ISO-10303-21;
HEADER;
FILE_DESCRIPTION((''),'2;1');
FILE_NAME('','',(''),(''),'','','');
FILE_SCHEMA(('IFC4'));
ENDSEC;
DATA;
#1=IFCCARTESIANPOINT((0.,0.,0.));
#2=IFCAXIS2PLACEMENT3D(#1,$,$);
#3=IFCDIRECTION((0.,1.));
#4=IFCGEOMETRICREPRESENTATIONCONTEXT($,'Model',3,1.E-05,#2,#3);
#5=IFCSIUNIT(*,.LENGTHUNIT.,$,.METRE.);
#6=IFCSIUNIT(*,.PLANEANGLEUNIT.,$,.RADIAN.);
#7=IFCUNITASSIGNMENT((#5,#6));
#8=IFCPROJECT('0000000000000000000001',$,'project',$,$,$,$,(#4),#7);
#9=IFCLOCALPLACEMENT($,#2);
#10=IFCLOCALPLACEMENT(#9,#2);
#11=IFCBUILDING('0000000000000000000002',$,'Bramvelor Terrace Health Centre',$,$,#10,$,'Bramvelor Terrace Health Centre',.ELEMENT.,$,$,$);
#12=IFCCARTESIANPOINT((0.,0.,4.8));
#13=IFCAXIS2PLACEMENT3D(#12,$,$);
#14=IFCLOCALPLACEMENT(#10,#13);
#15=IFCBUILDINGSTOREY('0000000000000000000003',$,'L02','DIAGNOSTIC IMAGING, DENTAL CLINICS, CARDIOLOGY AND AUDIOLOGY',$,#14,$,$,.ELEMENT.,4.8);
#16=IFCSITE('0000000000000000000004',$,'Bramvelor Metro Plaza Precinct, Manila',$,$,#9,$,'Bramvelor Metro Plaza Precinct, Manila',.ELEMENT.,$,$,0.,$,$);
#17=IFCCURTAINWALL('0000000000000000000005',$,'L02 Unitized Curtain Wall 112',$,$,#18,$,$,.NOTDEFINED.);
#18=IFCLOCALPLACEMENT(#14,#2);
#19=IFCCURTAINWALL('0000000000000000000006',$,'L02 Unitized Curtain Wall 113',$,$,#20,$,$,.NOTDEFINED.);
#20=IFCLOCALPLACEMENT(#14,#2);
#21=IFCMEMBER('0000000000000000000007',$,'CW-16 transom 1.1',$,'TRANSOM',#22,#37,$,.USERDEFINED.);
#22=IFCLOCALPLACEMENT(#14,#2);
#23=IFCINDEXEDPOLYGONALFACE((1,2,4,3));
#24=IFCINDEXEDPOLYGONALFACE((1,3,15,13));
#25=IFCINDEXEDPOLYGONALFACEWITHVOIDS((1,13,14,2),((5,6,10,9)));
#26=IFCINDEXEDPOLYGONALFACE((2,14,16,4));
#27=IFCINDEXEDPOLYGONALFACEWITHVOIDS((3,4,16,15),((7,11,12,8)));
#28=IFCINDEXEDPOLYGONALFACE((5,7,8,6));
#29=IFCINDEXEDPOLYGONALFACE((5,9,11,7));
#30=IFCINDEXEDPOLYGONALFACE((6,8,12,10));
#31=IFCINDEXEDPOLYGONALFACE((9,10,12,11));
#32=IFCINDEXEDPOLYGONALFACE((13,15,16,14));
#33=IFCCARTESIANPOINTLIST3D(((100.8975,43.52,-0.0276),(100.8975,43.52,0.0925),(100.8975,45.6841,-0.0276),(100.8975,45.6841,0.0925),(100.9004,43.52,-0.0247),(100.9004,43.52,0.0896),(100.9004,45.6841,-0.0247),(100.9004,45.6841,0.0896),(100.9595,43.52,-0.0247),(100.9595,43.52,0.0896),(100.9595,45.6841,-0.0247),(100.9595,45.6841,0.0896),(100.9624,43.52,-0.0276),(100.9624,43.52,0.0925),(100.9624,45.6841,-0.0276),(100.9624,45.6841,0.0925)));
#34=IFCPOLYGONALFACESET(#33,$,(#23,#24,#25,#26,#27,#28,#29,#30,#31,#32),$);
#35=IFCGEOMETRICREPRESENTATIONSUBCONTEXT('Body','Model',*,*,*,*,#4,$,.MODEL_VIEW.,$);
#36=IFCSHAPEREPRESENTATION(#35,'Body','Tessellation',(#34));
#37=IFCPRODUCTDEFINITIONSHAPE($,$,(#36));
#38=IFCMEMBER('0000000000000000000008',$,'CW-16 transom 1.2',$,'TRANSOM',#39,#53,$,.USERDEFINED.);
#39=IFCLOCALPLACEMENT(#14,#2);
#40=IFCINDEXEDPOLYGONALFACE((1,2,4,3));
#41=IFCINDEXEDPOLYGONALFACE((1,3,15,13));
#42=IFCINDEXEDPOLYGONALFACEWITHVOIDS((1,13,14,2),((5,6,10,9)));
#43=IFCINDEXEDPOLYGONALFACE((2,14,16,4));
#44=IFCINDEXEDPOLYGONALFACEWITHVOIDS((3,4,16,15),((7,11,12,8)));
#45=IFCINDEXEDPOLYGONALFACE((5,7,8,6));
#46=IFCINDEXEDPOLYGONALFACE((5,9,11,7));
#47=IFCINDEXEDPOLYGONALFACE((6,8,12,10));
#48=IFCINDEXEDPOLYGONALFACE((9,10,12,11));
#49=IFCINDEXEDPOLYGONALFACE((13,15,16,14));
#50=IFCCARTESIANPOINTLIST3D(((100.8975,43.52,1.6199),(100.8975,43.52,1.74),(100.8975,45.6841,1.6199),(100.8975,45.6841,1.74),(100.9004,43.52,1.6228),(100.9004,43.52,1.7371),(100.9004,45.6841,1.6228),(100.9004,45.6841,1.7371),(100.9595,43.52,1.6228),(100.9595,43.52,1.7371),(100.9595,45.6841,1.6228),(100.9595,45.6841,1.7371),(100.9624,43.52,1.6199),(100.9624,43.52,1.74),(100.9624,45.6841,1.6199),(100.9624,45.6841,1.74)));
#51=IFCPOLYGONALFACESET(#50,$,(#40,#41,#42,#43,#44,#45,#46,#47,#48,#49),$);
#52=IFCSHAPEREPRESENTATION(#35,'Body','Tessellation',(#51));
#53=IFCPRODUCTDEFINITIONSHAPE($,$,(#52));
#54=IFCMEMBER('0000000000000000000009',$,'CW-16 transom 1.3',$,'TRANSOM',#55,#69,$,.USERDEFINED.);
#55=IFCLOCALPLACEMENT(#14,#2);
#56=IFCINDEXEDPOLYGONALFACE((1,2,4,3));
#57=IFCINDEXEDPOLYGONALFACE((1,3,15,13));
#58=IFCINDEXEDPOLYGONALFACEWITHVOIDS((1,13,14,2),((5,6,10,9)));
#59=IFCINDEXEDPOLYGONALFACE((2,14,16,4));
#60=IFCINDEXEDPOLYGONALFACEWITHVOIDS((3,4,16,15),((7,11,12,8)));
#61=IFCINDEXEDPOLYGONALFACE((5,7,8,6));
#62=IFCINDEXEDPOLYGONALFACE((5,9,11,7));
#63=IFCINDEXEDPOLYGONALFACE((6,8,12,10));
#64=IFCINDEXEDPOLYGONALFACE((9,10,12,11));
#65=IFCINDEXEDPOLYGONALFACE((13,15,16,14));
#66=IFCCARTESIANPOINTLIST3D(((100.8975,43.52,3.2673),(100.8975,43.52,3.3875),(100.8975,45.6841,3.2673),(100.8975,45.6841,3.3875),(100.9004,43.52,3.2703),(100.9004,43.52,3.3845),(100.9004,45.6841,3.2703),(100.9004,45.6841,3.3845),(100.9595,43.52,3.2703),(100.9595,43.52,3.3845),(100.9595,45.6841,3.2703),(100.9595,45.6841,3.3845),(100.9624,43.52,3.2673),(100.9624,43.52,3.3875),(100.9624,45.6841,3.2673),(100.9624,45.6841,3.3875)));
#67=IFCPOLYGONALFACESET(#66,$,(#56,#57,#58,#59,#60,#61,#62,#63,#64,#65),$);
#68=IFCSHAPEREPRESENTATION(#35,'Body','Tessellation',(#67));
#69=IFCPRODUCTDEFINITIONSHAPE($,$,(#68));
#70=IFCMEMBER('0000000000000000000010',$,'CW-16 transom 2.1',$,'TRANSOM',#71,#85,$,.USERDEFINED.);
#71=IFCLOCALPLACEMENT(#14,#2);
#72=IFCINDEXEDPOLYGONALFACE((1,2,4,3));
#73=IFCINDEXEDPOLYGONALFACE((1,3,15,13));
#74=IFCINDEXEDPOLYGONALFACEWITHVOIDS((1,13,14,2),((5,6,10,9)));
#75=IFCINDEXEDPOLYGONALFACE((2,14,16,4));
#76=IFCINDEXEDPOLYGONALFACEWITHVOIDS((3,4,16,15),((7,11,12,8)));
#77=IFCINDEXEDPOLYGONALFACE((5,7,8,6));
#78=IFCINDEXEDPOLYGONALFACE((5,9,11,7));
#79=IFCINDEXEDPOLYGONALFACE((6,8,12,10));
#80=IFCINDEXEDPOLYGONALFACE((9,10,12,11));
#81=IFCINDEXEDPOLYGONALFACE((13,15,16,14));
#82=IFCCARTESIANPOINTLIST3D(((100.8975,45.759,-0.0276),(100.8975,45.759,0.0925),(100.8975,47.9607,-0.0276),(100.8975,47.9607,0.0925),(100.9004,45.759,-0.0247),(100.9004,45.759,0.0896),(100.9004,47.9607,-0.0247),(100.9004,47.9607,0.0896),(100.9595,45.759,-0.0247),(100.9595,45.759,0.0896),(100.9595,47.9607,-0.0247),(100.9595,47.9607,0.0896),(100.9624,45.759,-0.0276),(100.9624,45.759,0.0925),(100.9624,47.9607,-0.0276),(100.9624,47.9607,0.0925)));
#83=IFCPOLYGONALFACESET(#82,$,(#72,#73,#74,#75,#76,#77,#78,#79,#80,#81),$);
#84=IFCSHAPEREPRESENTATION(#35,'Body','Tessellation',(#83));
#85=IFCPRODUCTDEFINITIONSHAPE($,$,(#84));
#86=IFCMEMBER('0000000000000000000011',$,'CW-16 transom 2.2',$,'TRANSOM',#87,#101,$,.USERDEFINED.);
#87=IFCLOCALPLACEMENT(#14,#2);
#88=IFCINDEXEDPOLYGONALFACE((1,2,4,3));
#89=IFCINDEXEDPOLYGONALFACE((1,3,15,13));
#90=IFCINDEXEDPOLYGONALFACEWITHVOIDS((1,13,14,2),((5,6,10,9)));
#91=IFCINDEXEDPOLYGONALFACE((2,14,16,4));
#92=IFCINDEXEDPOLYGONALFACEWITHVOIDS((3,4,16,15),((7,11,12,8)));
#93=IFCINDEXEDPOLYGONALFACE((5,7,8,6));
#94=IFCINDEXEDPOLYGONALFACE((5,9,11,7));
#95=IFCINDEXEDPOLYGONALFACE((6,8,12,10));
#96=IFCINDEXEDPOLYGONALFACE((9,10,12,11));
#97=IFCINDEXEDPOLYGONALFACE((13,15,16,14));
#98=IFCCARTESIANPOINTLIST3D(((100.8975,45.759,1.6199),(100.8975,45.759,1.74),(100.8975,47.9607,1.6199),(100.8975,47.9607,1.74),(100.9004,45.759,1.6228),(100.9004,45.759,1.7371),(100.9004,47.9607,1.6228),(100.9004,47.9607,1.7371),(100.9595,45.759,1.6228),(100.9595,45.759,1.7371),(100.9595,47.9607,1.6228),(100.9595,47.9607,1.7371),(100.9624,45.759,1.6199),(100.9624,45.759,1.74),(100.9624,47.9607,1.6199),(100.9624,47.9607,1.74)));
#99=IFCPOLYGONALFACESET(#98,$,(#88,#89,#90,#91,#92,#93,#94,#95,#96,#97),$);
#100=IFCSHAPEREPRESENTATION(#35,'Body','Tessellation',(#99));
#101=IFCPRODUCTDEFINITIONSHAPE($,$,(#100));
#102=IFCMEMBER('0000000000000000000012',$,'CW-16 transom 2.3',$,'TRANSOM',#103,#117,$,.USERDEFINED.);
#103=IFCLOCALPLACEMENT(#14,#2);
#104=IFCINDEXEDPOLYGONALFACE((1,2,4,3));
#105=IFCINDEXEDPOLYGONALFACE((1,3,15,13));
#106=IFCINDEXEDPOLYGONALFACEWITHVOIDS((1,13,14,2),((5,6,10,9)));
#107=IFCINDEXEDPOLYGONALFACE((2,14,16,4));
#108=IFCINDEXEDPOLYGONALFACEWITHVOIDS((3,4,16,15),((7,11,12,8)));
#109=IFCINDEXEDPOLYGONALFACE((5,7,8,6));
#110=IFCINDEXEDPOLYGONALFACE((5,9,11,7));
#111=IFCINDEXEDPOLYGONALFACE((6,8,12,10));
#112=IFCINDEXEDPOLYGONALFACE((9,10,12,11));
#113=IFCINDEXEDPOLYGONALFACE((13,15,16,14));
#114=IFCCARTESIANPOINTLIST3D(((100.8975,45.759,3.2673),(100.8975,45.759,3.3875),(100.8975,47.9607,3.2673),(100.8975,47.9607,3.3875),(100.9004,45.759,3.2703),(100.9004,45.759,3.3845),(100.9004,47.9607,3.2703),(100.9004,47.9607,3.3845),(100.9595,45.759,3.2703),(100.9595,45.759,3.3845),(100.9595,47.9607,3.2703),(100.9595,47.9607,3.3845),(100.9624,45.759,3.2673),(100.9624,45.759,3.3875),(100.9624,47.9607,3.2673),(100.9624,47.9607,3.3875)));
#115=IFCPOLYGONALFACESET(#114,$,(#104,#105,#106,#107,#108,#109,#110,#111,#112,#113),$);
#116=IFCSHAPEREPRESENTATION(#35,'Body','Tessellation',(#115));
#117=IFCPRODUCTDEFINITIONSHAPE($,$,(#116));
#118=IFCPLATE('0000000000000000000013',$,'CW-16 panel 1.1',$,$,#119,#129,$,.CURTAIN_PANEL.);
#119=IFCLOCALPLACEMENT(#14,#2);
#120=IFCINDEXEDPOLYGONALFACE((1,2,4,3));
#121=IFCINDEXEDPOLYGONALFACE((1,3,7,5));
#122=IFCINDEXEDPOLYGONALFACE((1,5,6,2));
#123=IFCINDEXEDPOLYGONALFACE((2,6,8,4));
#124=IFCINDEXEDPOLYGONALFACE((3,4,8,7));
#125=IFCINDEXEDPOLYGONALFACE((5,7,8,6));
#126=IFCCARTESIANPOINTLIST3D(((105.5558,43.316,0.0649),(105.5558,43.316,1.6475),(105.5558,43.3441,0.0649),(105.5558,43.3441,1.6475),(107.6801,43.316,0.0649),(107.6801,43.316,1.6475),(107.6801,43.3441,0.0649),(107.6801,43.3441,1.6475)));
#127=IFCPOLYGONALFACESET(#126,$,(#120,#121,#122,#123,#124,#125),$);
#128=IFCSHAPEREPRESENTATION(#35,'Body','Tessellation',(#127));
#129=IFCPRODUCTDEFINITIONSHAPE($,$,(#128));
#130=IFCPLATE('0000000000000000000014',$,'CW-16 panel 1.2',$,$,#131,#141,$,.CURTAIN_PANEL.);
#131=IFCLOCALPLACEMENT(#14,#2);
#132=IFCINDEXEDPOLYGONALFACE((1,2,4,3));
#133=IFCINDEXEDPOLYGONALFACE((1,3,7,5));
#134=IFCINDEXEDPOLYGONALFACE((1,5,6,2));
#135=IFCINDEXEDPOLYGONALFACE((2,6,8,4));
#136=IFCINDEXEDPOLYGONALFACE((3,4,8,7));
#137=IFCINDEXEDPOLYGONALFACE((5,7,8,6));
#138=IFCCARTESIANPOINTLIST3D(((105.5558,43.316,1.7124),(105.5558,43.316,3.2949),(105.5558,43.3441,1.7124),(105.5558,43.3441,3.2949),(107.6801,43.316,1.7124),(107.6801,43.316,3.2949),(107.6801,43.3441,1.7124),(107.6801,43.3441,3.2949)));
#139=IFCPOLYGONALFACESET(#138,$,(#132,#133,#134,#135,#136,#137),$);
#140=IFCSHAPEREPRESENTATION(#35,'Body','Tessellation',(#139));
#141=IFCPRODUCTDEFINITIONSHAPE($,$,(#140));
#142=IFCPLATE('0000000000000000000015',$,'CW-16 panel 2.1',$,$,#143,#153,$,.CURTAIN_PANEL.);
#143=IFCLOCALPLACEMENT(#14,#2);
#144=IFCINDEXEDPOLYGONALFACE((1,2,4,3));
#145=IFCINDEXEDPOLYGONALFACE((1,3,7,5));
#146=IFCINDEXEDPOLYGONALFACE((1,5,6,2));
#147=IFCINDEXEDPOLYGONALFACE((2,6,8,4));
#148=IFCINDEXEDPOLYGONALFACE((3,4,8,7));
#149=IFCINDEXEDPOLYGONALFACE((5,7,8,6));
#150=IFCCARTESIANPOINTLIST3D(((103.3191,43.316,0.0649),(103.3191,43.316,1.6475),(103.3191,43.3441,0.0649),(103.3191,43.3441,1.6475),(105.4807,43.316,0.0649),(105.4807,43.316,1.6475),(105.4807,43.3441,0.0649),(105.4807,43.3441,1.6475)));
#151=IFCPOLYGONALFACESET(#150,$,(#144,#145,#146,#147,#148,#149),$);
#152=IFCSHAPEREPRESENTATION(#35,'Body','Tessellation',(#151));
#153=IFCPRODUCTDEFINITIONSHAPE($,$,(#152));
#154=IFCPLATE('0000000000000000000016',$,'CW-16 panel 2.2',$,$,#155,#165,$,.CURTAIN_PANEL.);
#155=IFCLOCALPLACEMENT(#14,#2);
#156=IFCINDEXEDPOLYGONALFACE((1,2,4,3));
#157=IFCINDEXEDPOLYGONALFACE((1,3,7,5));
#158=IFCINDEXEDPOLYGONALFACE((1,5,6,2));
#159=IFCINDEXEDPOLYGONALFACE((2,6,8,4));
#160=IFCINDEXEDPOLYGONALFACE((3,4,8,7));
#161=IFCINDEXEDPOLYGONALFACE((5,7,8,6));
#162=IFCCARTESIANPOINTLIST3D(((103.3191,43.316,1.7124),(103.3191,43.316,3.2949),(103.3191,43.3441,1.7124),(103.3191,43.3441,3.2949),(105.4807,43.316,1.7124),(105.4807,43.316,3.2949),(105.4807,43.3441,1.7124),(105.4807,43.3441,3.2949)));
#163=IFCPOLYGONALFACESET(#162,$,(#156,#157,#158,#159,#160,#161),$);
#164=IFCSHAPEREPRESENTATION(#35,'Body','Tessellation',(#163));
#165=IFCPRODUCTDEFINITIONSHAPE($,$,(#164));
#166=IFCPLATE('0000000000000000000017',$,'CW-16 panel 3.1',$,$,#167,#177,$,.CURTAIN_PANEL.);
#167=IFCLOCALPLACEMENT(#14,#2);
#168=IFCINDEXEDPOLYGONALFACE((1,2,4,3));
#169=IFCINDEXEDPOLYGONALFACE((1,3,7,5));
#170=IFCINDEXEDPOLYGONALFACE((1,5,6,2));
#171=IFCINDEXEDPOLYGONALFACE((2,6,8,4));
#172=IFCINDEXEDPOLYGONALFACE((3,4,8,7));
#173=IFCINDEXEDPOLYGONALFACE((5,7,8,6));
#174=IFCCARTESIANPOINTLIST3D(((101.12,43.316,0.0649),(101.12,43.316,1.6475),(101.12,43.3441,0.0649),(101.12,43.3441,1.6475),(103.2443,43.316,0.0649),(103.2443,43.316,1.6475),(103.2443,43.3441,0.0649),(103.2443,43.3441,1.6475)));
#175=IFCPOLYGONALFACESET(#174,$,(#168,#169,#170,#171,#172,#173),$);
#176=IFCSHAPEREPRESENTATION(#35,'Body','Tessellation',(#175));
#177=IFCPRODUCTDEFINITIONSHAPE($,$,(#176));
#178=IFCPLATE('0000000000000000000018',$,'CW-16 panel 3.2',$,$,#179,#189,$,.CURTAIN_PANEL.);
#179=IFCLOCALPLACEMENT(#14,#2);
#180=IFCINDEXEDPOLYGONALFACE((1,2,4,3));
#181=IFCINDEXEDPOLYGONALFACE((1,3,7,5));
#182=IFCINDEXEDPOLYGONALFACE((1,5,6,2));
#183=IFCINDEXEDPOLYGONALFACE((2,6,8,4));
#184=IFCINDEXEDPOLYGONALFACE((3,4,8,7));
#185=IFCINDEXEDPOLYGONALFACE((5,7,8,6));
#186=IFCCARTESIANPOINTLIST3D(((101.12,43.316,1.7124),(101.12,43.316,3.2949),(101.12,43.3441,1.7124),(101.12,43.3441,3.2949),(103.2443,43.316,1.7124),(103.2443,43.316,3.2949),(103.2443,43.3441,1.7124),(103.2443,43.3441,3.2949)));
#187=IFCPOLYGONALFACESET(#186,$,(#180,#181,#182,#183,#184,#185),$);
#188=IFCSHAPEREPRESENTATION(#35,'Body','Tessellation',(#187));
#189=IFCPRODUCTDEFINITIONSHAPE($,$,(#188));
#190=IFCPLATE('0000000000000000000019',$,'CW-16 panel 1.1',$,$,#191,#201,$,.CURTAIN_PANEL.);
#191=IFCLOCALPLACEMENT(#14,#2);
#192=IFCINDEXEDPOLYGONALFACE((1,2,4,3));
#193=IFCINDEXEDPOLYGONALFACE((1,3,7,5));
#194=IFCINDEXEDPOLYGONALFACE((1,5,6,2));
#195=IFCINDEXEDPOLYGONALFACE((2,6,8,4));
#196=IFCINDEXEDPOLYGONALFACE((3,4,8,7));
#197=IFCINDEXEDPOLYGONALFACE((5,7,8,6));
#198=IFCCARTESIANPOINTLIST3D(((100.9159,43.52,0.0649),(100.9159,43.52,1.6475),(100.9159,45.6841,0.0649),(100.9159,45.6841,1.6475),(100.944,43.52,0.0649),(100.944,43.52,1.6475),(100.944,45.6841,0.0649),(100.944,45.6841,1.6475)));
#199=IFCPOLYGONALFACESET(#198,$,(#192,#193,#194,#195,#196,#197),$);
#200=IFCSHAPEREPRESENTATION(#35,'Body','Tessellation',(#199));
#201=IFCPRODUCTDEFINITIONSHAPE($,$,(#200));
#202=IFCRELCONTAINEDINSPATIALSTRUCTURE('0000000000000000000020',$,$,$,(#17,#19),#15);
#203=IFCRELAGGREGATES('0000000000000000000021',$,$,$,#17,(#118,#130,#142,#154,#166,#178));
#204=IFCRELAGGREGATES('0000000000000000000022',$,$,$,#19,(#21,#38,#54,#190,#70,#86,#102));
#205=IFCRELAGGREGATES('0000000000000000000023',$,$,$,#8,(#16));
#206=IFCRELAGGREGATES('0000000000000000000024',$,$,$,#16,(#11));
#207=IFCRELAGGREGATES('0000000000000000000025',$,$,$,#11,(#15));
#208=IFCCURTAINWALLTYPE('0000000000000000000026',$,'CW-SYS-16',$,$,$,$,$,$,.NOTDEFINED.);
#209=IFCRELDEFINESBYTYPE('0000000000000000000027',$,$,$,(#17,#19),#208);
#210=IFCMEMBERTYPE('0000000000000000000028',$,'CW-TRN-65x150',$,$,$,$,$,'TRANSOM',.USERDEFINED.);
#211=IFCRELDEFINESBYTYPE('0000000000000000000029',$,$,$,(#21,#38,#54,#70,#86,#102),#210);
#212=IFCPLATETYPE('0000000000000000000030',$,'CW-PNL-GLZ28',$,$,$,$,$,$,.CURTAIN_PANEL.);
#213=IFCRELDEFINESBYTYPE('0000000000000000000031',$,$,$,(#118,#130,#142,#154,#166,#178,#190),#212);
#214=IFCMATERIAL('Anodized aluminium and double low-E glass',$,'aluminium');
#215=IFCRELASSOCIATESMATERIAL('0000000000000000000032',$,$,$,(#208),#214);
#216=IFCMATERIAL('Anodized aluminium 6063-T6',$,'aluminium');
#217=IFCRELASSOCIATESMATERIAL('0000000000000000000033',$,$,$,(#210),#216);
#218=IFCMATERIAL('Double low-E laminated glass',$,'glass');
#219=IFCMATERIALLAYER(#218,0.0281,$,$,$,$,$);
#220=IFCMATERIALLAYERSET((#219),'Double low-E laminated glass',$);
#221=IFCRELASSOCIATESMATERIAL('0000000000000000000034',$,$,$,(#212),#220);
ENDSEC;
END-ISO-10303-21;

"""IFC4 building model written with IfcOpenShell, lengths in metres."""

from ifc_helpers import new_model, si_unit, direction, frame, origin, origin_2d, place, context, subcontext, project, spatial, rectangle, hollow_rectangle, extrude, material, layer, layer_set, material_profile, profile_set, type_object, element, aggregate, save


model = new_model("IFC4")

# Units and contexts
model_context = context("Model", 3, precision=1e-05, world=origin(), true_north=direction((0.0, 1.0)))
body_context = subcontext(model_context, "Body", "Model", "MODEL_VIEW")
ifc_project = project(units=[si_unit("LENGTHUNIT", "METRE"), si_unit("PLANEANGLEUNIT", "RADIAN")], contexts=[model_context])

# Site, building, storey
site_placement = place(None, origin())
site = spatial("IfcSite", under=ifc_project, at=site_placement, Name="Bramvelor Metro Plaza Precinct, Manila", LongName="Bramvelor Metro Plaza Precinct, Manila", CompositionType="ELEMENT", RefElevation=0.0)
building_placement = place(site_placement, origin())
building = spatial("IfcBuilding", under=site, at=building_placement, Name="Bramvelor Terrace Health Centre", LongName="Bramvelor Terrace Health Centre", CompositionType="ELEMENT")
storey_placement = place(building_placement, frame((0.0, 0.0, 4.8)))
storey = spatial("IfcBuildingStorey", under=building, at=storey_placement, Name="L02", Description="DIAGNOSTIC IMAGING, DENTAL CLINICS, CARDIOLOGY AND AUDIOLOGY", CompositionType="ELEMENT", Elevation=4.8)

# Curtain walls
ifc_material_1 = material(Name="Anodized aluminium and double low-E glass", Category="aluminium")
curtain_wall_type = type_object("IfcCurtainWallType", Name="CW-SYS-16", PredefinedType="NOTDEFINED", material=ifc_material_1)
curtain_wall_1_placement = place(storey_placement, origin())
curtain_wall_1 = element("IfcCurtainWall", 1, at=curtain_wall_1_placement, inside=storey, type_object=curtain_wall_type, Name="L02 Unitized Curtain Wall 112", PredefinedType="NOTDEFINED")
curtain_wall_2_placement = place(storey_placement, origin())
curtain_wall_2 = element("IfcCurtainWall", 2, at=curtain_wall_2_placement, inside=storey, type_object=curtain_wall_type, Name="L02 Unitized Curtain Wall 113", PredefinedType="NOTDEFINED")

# Members
ifc_material_2 = material(Name="Anodized aluminium 6063-T6", Category="aluminium")
ifc_material_profile_1 = material_profile(ifc_material_2, hollow_rectangle(XDim=0.0649, YDim=0.1201, WallThickness=0.0029, at=origin_2d()), Name="ALU-TRN 65x120x3.0")
ifc_profile_set_1 = profile_set([ifc_material_profile_1], Name="Anodized aluminium 6063-T6")
member_type_1 = type_object("IfcMemberType", Name="CW-TRN-65x150", ElementType="TRANSOM", PredefinedType="USERDEFINED", material=ifc_profile_set_1)
member_1_placement = place(storey_placement, frame((100.9299, 43.52, 0.0325), z_axis=(0.0, 1.0, 0.0), x_axis=(-1.0, 0.0, 0.0)))
member_1 = element("IfcMember", 3, at=member_1_placement, type_object=member_type_1, Name="CW-16 transom 1.1", ObjectType="TRANSOM", PredefinedType="USERDEFINED", context=body_context, shape_type="SweptSolid", body=[
    extrude(hollow_rectangle(XDim=0.0649, YDim=0.1201, WallThickness=0.0029, at=origin_2d()), origin(), (0.0, 0.0, 1.0), 2.1641),
])
member_2_placement = place(storey_placement, frame((100.9299, 43.52, 1.6799), z_axis=(0.0, 1.0, 0.0), x_axis=(-1.0, 0.0, 0.0)))
member_2 = element("IfcMember", 4, at=member_2_placement, type_object=member_type_1, Name="CW-16 transom 1.2", ObjectType="TRANSOM", PredefinedType="USERDEFINED", context=body_context, shape_type="SweptSolid", body=[
    extrude(hollow_rectangle(XDim=0.0649, YDim=0.1201, WallThickness=0.0029, at=origin_2d()), origin(), (0.0, 0.0, 1.0), 2.1641),
])
member_3_placement = place(storey_placement, frame((100.9299, 43.52, 3.3274), z_axis=(0.0, 1.0, 0.0), x_axis=(-1.0, 0.0, 0.0)))
member_3 = element("IfcMember", 5, at=member_3_placement, type_object=member_type_1, Name="CW-16 transom 1.3", ObjectType="TRANSOM", PredefinedType="USERDEFINED", context=body_context, shape_type="SweptSolid", body=[
    extrude(hollow_rectangle(XDim=0.0649, YDim=0.1201, WallThickness=0.0029, at=origin_2d()), origin(), (0.0, 0.0, 1.0), 2.1641),
])
member_4_placement = place(storey_placement, frame((100.9299, 45.759, 0.0325), z_axis=(0.0, 1.0, 0.0), x_axis=(-1.0, 0.0, 0.0)))
member_4 = element("IfcMember", 6, at=member_4_placement, type_object=member_type_1, Name="CW-16 transom 2.1", ObjectType="TRANSOM", PredefinedType="USERDEFINED", context=body_context, shape_type="SweptSolid", body=[
    extrude(hollow_rectangle(XDim=0.0649, YDim=0.1201, WallThickness=0.0029, at=origin_2d()), origin(), (0.0, 0.0, 1.0), 2.2017),
])
member_5_placement = place(storey_placement, frame((100.9299, 45.759, 1.6799), z_axis=(0.0, 1.0, 0.0), x_axis=(-1.0, 0.0, 0.0)))
member_5 = element("IfcMember", 7, at=member_5_placement, type_object=member_type_1, Name="CW-16 transom 2.2", ObjectType="TRANSOM", PredefinedType="USERDEFINED", context=body_context, shape_type="SweptSolid", body=[
    extrude(hollow_rectangle(XDim=0.0649, YDim=0.1201, WallThickness=0.0029, at=origin_2d()), origin(), (0.0, 0.0, 1.0), 2.2017),
])
member_6_placement = place(storey_placement, frame((100.9299, 45.759, 3.3274), z_axis=(0.0, 1.0, 0.0), x_axis=(-1.0, 0.0, 0.0)))
member_6 = element("IfcMember", 8, at=member_6_placement, type_object=member_type_1, Name="CW-16 transom 2.3", ObjectType="TRANSOM", PredefinedType="USERDEFINED", context=body_context, shape_type="SweptSolid", body=[
    extrude(hollow_rectangle(XDim=0.0649, YDim=0.1201, WallThickness=0.0029, at=origin_2d()), origin(), (0.0, 0.0, 1.0), 2.2017),
])

# Plates
ifc_material_3 = material(Name="Double low-E laminated glass", Category="glass")
ifc_layer = layer(ifc_material_3, 0.0281)
ifc_layer_set = layer_set([ifc_layer], Name="Double low-E laminated glass")
plate_type = type_object("IfcPlateType", Name="CW-PNL-GLZ28", PredefinedType="CURTAIN_PANEL", material=ifc_layer_set)
plate_1_placement = place(storey_placement, frame((106.6179, 43.3301, 0.0649), z_axis=(0.0, 0.0, 1.0), x_axis=(-1.0, 0.0, 0.0)))
plate_1 = element("IfcPlate", 9, at=plate_1_placement, type_object=plate_type, Name="CW-16 panel 1.1", PredefinedType="CURTAIN_PANEL", context=body_context, shape_type="SweptSolid", body=[
    extrude(rectangle(XDim=2.1243, YDim=0.0281, at=origin_2d()), origin(), (0.0, 0.0, 1.0), 1.5825),
])
plate_2_placement = place(storey_placement, frame((106.6179, 43.3301, 1.7124), z_axis=(0.0, 0.0, 1.0), x_axis=(-1.0, 0.0, 0.0)))
plate_2 = element("IfcPlate", 10, at=plate_2_placement, type_object=plate_type, Name="CW-16 panel 1.2", PredefinedType="CURTAIN_PANEL", context=body_context, shape_type="SweptSolid", body=[
    extrude(rectangle(XDim=2.1243, YDim=0.0281, at=origin_2d()), origin(), (0.0, 0.0, 1.0), 1.5825),
])
plate_3_placement = place(storey_placement, frame((104.3999, 43.3301, 0.0649), z_axis=(0.0, 0.0, 1.0), x_axis=(-1.0, 0.0, 0.0)))
plate_3 = element("IfcPlate", 11, at=plate_3_placement, type_object=plate_type, Name="CW-16 panel 2.1", PredefinedType="CURTAIN_PANEL", context=body_context, shape_type="SweptSolid", body=[
    extrude(rectangle(XDim=2.1616, YDim=0.0281, at=origin_2d()), origin(), (0.0, 0.0, 1.0), 1.5825),
])
plate_4_placement = place(storey_placement, frame((104.3999, 43.3301, 1.7124), z_axis=(0.0, 0.0, 1.0), x_axis=(-1.0, 0.0, 0.0)))
plate_4 = element("IfcPlate", 12, at=plate_4_placement, type_object=plate_type, Name="CW-16 panel 2.2", PredefinedType="CURTAIN_PANEL", context=body_context, shape_type="SweptSolid", body=[
    extrude(rectangle(XDim=2.1616, YDim=0.0281, at=origin_2d()), origin(), (0.0, 0.0, 1.0), 1.5825),
])
plate_5_placement = place(storey_placement, frame((102.1821, 43.3301, 0.0649), z_axis=(0.0, 0.0, 1.0), x_axis=(-1.0, 0.0, 0.0)))
plate_5 = element("IfcPlate", 13, at=plate_5_placement, type_object=plate_type, Name="CW-16 panel 3.1", PredefinedType="CURTAIN_PANEL", context=body_context, shape_type="SweptSolid", body=[
    extrude(rectangle(XDim=2.1243, YDim=0.0281, at=origin_2d()), origin(), (0.0, 0.0, 1.0), 1.5825),
])
plate_6_placement = place(storey_placement, frame((102.1821, 43.3301, 1.7124), z_axis=(0.0, 0.0, 1.0), x_axis=(-1.0, 0.0, 0.0)))
plate_6 = element("IfcPlate", 14, at=plate_6_placement, type_object=plate_type, Name="CW-16 panel 3.2", PredefinedType="CURTAIN_PANEL", context=body_context, shape_type="SweptSolid", body=[
    extrude(rectangle(XDim=2.1243, YDim=0.0281, at=origin_2d()), origin(), (0.0, 0.0, 1.0), 1.5825),
])
aggregate(curtain_wall_1, [plate_1, plate_2, plate_3, plate_4, plate_5, plate_6])
plate_7_placement = place(storey_placement, frame((100.9299, 44.6021, 0.0649), z_axis=(0.0, 0.0, 1.0), x_axis=(0.0, 1.0, 0.0)))
plate_7 = element("IfcPlate", 15, at=plate_7_placement, type_object=plate_type, Name="CW-16 panel 1.1", PredefinedType="CURTAIN_PANEL", context=body_context, shape_type="SweptSolid", body=[
    extrude(rectangle(XDim=2.1641, YDim=0.0281, at=origin_2d()), origin(), (0.0, 0.0, 1.0), 1.5825),
])
aggregate(curtain_wall_2, [member_1, member_2, member_3, plate_7, member_4, member_5, member_6])

save(model, "model.ifc")
